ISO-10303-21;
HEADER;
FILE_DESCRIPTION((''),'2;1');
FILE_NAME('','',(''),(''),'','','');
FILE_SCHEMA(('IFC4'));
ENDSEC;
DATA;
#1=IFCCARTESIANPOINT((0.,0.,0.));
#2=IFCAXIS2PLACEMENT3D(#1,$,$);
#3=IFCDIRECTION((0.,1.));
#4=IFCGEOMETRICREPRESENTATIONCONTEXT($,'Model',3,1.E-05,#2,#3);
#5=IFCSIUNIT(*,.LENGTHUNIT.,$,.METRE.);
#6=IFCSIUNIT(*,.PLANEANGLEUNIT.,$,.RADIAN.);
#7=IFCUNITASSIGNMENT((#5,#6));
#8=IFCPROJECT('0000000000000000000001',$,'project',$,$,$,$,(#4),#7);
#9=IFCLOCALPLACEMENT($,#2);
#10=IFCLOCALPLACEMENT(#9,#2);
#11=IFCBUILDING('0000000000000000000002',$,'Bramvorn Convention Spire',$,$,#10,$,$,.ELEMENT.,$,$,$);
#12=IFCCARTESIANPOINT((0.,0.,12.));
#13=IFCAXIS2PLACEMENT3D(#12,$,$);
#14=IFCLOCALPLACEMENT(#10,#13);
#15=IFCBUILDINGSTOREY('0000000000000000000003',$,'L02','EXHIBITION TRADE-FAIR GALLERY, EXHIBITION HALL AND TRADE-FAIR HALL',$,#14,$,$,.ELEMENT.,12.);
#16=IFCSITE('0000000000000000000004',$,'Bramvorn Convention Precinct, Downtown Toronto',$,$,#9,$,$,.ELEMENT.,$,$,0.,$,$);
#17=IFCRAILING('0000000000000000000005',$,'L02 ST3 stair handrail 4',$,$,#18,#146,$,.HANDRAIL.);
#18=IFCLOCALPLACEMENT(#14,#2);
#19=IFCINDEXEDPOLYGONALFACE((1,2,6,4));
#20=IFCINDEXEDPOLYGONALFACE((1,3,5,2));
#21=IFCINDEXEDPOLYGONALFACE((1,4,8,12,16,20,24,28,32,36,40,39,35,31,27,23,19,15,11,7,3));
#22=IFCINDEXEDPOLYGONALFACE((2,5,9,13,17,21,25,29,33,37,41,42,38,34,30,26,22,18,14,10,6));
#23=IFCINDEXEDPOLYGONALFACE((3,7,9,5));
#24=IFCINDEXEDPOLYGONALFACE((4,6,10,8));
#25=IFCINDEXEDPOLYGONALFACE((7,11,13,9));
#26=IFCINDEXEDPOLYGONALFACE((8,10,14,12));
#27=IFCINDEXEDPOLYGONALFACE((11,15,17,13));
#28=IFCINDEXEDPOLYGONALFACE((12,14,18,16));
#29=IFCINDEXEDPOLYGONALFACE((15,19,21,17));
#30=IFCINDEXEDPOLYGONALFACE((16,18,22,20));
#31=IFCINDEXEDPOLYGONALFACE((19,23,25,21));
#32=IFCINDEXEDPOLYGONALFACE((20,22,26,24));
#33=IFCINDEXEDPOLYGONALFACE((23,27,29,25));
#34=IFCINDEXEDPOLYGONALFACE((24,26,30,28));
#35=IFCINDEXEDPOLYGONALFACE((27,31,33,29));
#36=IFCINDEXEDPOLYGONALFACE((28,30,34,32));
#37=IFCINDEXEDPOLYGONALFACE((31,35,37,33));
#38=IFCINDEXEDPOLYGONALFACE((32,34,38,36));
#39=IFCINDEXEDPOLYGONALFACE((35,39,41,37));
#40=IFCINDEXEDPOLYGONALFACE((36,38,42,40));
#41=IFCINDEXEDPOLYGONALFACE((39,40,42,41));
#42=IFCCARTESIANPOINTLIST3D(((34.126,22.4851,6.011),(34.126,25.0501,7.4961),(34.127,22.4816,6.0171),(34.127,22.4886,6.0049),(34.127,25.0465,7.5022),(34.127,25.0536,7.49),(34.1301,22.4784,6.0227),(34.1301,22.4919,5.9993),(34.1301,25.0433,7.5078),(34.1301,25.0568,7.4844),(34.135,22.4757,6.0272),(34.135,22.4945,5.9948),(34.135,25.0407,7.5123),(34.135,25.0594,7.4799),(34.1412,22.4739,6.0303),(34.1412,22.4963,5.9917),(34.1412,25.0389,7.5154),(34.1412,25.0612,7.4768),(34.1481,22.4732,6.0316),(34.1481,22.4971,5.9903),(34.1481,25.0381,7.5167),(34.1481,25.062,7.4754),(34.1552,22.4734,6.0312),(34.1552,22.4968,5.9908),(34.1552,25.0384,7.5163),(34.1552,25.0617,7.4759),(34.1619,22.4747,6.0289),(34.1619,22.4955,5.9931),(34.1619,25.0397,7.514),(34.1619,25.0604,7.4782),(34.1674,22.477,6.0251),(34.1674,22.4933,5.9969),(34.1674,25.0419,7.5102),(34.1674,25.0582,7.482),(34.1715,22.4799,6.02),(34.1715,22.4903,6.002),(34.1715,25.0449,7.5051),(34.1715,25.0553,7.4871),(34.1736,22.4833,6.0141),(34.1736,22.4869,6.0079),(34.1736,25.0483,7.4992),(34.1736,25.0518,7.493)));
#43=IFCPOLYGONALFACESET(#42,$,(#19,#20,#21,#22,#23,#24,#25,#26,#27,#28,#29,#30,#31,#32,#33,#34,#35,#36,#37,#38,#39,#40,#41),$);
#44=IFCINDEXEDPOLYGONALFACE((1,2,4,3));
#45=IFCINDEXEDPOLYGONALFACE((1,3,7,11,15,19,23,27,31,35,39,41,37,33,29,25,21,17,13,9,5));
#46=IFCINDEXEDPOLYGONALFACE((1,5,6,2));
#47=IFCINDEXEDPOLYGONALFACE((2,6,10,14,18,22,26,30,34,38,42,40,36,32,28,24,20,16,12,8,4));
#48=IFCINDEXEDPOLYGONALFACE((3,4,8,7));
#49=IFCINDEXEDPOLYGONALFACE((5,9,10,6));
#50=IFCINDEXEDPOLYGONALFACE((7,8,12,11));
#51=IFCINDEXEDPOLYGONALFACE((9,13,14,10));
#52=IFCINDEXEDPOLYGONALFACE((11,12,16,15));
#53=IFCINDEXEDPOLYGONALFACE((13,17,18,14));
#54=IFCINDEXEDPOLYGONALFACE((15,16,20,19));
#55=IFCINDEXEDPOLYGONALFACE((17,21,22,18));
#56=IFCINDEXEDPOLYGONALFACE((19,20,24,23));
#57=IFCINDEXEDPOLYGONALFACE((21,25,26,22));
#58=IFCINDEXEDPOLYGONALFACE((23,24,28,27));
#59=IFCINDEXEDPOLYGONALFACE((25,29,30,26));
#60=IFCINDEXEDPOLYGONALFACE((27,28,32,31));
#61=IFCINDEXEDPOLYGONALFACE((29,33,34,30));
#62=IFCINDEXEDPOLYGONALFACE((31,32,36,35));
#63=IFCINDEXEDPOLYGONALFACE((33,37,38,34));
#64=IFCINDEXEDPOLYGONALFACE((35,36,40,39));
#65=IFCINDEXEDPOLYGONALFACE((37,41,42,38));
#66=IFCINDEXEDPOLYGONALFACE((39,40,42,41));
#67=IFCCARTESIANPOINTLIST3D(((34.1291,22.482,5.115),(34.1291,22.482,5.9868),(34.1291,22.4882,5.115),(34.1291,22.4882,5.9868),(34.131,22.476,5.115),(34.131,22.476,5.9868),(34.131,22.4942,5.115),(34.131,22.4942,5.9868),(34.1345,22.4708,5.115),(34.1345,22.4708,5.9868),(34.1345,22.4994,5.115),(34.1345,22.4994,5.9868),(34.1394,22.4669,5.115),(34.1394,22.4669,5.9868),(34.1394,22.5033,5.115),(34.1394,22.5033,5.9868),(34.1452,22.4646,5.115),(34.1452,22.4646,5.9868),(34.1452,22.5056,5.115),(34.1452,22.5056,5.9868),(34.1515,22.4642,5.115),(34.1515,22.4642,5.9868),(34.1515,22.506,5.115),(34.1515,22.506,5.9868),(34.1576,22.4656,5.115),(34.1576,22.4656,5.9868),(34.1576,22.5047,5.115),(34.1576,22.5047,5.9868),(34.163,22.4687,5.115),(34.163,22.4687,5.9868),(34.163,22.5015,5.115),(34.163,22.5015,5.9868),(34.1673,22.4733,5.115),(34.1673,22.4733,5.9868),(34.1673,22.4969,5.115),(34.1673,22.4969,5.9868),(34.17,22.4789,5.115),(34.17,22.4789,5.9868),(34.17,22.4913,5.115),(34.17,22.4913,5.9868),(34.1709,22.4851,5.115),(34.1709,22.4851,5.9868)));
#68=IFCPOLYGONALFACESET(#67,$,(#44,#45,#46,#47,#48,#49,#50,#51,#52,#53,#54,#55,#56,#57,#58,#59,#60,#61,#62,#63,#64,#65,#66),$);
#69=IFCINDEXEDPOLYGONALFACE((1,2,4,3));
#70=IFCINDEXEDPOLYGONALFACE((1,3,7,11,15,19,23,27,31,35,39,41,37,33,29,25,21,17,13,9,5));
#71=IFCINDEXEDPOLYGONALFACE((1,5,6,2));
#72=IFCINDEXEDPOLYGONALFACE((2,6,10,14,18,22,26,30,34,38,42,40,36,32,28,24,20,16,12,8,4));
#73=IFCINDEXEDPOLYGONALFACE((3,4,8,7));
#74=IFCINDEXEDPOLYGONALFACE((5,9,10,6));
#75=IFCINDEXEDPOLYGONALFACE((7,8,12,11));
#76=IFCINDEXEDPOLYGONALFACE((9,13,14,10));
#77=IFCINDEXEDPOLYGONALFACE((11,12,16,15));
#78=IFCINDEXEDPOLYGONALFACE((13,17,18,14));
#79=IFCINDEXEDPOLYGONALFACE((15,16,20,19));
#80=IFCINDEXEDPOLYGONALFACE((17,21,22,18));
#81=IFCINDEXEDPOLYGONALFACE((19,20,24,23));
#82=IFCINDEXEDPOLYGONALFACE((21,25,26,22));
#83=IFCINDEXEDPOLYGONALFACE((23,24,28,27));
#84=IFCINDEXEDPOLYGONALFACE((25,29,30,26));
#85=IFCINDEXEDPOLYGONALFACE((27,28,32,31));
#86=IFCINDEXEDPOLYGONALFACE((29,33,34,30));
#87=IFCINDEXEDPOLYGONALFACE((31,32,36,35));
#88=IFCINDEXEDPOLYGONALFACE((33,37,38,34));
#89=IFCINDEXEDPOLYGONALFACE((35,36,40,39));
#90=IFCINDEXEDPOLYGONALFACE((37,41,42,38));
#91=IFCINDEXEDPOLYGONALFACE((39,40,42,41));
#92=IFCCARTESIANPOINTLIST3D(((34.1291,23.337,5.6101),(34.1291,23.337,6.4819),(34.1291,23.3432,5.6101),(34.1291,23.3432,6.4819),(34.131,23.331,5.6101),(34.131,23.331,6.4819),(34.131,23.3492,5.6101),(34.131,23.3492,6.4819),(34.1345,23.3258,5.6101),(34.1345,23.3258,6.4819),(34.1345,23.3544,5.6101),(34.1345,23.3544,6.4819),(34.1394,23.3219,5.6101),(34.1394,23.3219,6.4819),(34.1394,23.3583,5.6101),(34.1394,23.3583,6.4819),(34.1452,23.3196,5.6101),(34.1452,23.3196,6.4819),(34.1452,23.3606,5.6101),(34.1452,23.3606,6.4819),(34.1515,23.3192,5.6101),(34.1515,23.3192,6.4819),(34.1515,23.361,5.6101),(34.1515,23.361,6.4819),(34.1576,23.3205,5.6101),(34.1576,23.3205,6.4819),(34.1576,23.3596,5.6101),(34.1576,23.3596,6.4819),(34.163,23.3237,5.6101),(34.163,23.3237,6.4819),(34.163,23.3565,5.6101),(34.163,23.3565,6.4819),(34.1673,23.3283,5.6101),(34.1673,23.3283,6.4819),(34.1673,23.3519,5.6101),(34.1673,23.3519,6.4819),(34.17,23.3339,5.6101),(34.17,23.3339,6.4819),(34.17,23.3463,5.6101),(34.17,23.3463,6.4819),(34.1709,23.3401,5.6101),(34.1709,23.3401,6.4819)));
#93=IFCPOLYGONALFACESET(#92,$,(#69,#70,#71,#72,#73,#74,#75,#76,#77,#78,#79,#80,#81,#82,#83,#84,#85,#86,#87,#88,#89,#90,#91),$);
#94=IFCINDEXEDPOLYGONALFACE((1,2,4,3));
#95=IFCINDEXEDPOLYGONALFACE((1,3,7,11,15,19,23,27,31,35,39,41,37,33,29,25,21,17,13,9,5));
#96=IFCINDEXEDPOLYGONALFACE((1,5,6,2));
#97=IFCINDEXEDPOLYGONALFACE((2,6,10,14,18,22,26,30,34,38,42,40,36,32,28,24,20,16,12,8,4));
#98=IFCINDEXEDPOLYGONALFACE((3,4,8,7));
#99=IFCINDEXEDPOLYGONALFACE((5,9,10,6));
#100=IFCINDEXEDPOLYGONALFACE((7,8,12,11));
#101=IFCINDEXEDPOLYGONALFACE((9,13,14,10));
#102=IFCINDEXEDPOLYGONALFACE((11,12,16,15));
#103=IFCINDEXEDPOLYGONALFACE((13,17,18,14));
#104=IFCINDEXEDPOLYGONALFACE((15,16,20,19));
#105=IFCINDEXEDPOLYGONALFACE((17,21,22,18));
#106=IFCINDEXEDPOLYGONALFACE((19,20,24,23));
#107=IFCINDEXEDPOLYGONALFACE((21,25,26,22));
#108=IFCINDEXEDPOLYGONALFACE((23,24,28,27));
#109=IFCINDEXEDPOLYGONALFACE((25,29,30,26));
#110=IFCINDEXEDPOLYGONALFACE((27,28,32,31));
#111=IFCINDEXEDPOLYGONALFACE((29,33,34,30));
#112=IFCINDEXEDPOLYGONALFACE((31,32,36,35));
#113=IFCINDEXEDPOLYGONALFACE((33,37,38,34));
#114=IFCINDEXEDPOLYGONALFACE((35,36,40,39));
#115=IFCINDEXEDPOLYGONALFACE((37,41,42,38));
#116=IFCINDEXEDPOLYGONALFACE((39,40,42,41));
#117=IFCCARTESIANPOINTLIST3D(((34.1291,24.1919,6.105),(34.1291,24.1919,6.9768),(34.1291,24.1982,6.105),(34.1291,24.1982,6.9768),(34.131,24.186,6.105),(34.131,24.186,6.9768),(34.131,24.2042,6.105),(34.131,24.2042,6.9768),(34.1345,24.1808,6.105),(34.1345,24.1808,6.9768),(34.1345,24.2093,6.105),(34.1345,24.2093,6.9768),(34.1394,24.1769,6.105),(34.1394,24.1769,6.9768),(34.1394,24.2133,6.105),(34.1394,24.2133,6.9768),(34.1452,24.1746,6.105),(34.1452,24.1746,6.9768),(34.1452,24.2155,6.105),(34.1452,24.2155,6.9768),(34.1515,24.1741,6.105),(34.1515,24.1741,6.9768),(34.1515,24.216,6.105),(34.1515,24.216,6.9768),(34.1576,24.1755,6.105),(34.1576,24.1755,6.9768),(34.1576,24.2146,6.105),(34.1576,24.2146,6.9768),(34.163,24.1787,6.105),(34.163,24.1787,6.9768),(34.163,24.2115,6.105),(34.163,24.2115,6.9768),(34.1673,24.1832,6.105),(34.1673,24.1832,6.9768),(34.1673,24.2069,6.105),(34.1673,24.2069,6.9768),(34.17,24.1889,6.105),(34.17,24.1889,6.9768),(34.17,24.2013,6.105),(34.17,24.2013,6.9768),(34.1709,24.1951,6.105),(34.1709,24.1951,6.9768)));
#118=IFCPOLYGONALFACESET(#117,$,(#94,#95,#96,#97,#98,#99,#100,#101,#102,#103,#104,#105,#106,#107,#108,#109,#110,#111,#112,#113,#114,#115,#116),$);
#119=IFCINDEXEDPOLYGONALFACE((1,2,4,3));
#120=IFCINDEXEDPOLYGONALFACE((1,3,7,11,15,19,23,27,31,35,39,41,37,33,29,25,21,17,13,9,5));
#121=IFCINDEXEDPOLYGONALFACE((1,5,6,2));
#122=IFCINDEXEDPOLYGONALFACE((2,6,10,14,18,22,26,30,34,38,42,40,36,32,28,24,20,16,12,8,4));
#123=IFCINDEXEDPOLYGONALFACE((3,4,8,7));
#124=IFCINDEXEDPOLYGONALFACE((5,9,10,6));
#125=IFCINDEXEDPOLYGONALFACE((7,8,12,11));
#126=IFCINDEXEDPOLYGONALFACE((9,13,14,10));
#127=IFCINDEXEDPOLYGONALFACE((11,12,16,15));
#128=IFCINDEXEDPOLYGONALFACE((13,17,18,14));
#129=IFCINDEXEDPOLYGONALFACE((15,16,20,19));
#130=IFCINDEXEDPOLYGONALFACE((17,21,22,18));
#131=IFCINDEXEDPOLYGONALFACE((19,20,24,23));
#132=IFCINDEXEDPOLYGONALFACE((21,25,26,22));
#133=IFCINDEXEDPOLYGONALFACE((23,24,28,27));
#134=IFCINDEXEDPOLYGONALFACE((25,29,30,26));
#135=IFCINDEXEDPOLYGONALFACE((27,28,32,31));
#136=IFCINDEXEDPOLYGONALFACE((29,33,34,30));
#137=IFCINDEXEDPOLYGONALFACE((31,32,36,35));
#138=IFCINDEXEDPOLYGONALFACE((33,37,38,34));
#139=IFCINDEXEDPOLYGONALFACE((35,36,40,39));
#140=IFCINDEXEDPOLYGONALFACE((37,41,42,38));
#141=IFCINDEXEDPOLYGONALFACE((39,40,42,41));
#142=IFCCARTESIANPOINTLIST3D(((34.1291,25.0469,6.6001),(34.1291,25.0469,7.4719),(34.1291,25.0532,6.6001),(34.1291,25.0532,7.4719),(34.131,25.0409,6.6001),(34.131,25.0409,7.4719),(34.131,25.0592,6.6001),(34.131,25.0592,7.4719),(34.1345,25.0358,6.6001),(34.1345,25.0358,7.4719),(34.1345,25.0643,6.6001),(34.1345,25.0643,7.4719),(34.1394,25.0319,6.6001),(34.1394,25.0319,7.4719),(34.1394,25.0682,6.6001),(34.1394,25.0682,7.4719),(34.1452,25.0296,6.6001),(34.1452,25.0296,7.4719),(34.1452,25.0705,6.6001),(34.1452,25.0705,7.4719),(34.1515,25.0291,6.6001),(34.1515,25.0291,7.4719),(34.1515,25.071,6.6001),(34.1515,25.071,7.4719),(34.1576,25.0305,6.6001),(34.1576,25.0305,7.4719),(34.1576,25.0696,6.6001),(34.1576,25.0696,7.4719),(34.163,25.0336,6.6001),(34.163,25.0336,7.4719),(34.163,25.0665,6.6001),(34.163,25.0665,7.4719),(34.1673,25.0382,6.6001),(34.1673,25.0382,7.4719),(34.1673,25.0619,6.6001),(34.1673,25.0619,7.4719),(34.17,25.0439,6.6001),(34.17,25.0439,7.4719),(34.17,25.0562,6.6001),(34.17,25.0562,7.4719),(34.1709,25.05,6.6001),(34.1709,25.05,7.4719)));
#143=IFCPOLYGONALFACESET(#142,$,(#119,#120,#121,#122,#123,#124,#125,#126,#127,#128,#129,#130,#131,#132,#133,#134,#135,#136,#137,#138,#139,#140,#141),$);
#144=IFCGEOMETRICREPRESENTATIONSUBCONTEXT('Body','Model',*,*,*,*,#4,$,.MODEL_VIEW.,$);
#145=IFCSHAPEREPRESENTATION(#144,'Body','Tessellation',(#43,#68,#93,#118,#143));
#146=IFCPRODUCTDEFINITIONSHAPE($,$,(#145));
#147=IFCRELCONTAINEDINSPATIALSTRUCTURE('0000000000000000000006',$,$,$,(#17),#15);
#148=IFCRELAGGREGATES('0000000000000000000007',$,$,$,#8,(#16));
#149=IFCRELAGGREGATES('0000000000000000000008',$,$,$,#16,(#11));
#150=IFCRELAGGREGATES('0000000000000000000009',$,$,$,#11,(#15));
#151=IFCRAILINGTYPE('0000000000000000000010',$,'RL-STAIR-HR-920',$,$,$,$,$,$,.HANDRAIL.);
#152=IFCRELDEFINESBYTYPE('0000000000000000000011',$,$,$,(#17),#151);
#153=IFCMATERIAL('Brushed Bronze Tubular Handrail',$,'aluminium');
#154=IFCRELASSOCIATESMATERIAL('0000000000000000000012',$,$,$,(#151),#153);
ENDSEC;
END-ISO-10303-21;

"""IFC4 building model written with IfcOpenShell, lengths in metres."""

from ifc_helpers import new_model, si_unit, direction, frame, origin, origin_2d, place, context, subcontext, project, spatial, circle, extrude, material, type_object, element, save


model = new_model("IFC4")

# Units and contexts
model_context = context("Model", 3, precision=1e-05, world=origin(), true_north=direction((0.0, 1.0)))
body_context = subcontext(model_context, "Body", "Model", "MODEL_VIEW")
ifc_project = project(units=[si_unit("LENGTHUNIT", "METRE"), si_unit("PLANEANGLEUNIT", "RADIAN")], contexts=[model_context])

# Site, building, storey
site_placement = place(None, origin())
site = spatial("IfcSite", under=ifc_project, at=site_placement, Name="Bramvorn Convention Precinct, Downtown Toronto", CompositionType="ELEMENT", RefElevation=0.0)
building_placement = place(site_placement, origin())
building = spatial("IfcBuilding", under=site, at=building_placement, Name="Bramvorn Convention Spire", CompositionType="ELEMENT")
storey_placement = place(building_placement, frame((0.0, 0.0, 12.0)))
storey = spatial("IfcBuildingStorey", under=building, at=storey_placement, Name="L02", Description="EXHIBITION TRADE-FAIR GALLERY, EXHIBITION HALL AND TRADE-FAIR HALL", CompositionType="ELEMENT", Elevation=12.0)

# Railing
ifc_material_1 = material(Name="Brushed Bronze Tubular Handrail", Category="aluminium")
railing_type_1 = type_object("IfcRailingType", Name="RL-STAIR-HR-920", PredefinedType="HANDRAIL", material=ifc_material_1)
for number, where, name in (
    (1, (34.1499, 22.4851, 5.115), "L02 ST3 stair handrail 4"),
):
    element("IfcRailing", number, at=place(storey_placement, frame(where)), inside=storey, type_object=railing_type_1, Name=name, PredefinedType="HANDRAIL", context=body_context, shape_type="SweptSolid", body=[
        extrude(circle(Radius=0.0239, at=origin_2d()), frame((0.0, 0.0, 0.896), z_axis=(0.0, 0.865406, 0.501072), x_axis=(-1.0, 0.0, 0.0)), (0.0, 0.0, 1.0), 2.9639),
        extrude(circle(Radius=0.021, at=origin_2d()), origin(), (0.0, 0.0, 1.0), 0.8718),
        extrude(circle(Radius=0.021, at=origin_2d()), frame((0.0, 0.855, 0.4951)), (0.0, 0.0, 1.0), 0.8718),
        extrude(circle(Radius=0.021, at=origin_2d()), frame((0.0, 1.71, 0.99)), (0.0, 0.0, 1.0), 0.8718),
        extrude(circle(Radius=0.021, at=origin_2d()), frame((0.0, 2.5649, 1.4851)), (0.0, 0.0, 1.0), 0.8718),
    ])

save(model, "model.ifc")
